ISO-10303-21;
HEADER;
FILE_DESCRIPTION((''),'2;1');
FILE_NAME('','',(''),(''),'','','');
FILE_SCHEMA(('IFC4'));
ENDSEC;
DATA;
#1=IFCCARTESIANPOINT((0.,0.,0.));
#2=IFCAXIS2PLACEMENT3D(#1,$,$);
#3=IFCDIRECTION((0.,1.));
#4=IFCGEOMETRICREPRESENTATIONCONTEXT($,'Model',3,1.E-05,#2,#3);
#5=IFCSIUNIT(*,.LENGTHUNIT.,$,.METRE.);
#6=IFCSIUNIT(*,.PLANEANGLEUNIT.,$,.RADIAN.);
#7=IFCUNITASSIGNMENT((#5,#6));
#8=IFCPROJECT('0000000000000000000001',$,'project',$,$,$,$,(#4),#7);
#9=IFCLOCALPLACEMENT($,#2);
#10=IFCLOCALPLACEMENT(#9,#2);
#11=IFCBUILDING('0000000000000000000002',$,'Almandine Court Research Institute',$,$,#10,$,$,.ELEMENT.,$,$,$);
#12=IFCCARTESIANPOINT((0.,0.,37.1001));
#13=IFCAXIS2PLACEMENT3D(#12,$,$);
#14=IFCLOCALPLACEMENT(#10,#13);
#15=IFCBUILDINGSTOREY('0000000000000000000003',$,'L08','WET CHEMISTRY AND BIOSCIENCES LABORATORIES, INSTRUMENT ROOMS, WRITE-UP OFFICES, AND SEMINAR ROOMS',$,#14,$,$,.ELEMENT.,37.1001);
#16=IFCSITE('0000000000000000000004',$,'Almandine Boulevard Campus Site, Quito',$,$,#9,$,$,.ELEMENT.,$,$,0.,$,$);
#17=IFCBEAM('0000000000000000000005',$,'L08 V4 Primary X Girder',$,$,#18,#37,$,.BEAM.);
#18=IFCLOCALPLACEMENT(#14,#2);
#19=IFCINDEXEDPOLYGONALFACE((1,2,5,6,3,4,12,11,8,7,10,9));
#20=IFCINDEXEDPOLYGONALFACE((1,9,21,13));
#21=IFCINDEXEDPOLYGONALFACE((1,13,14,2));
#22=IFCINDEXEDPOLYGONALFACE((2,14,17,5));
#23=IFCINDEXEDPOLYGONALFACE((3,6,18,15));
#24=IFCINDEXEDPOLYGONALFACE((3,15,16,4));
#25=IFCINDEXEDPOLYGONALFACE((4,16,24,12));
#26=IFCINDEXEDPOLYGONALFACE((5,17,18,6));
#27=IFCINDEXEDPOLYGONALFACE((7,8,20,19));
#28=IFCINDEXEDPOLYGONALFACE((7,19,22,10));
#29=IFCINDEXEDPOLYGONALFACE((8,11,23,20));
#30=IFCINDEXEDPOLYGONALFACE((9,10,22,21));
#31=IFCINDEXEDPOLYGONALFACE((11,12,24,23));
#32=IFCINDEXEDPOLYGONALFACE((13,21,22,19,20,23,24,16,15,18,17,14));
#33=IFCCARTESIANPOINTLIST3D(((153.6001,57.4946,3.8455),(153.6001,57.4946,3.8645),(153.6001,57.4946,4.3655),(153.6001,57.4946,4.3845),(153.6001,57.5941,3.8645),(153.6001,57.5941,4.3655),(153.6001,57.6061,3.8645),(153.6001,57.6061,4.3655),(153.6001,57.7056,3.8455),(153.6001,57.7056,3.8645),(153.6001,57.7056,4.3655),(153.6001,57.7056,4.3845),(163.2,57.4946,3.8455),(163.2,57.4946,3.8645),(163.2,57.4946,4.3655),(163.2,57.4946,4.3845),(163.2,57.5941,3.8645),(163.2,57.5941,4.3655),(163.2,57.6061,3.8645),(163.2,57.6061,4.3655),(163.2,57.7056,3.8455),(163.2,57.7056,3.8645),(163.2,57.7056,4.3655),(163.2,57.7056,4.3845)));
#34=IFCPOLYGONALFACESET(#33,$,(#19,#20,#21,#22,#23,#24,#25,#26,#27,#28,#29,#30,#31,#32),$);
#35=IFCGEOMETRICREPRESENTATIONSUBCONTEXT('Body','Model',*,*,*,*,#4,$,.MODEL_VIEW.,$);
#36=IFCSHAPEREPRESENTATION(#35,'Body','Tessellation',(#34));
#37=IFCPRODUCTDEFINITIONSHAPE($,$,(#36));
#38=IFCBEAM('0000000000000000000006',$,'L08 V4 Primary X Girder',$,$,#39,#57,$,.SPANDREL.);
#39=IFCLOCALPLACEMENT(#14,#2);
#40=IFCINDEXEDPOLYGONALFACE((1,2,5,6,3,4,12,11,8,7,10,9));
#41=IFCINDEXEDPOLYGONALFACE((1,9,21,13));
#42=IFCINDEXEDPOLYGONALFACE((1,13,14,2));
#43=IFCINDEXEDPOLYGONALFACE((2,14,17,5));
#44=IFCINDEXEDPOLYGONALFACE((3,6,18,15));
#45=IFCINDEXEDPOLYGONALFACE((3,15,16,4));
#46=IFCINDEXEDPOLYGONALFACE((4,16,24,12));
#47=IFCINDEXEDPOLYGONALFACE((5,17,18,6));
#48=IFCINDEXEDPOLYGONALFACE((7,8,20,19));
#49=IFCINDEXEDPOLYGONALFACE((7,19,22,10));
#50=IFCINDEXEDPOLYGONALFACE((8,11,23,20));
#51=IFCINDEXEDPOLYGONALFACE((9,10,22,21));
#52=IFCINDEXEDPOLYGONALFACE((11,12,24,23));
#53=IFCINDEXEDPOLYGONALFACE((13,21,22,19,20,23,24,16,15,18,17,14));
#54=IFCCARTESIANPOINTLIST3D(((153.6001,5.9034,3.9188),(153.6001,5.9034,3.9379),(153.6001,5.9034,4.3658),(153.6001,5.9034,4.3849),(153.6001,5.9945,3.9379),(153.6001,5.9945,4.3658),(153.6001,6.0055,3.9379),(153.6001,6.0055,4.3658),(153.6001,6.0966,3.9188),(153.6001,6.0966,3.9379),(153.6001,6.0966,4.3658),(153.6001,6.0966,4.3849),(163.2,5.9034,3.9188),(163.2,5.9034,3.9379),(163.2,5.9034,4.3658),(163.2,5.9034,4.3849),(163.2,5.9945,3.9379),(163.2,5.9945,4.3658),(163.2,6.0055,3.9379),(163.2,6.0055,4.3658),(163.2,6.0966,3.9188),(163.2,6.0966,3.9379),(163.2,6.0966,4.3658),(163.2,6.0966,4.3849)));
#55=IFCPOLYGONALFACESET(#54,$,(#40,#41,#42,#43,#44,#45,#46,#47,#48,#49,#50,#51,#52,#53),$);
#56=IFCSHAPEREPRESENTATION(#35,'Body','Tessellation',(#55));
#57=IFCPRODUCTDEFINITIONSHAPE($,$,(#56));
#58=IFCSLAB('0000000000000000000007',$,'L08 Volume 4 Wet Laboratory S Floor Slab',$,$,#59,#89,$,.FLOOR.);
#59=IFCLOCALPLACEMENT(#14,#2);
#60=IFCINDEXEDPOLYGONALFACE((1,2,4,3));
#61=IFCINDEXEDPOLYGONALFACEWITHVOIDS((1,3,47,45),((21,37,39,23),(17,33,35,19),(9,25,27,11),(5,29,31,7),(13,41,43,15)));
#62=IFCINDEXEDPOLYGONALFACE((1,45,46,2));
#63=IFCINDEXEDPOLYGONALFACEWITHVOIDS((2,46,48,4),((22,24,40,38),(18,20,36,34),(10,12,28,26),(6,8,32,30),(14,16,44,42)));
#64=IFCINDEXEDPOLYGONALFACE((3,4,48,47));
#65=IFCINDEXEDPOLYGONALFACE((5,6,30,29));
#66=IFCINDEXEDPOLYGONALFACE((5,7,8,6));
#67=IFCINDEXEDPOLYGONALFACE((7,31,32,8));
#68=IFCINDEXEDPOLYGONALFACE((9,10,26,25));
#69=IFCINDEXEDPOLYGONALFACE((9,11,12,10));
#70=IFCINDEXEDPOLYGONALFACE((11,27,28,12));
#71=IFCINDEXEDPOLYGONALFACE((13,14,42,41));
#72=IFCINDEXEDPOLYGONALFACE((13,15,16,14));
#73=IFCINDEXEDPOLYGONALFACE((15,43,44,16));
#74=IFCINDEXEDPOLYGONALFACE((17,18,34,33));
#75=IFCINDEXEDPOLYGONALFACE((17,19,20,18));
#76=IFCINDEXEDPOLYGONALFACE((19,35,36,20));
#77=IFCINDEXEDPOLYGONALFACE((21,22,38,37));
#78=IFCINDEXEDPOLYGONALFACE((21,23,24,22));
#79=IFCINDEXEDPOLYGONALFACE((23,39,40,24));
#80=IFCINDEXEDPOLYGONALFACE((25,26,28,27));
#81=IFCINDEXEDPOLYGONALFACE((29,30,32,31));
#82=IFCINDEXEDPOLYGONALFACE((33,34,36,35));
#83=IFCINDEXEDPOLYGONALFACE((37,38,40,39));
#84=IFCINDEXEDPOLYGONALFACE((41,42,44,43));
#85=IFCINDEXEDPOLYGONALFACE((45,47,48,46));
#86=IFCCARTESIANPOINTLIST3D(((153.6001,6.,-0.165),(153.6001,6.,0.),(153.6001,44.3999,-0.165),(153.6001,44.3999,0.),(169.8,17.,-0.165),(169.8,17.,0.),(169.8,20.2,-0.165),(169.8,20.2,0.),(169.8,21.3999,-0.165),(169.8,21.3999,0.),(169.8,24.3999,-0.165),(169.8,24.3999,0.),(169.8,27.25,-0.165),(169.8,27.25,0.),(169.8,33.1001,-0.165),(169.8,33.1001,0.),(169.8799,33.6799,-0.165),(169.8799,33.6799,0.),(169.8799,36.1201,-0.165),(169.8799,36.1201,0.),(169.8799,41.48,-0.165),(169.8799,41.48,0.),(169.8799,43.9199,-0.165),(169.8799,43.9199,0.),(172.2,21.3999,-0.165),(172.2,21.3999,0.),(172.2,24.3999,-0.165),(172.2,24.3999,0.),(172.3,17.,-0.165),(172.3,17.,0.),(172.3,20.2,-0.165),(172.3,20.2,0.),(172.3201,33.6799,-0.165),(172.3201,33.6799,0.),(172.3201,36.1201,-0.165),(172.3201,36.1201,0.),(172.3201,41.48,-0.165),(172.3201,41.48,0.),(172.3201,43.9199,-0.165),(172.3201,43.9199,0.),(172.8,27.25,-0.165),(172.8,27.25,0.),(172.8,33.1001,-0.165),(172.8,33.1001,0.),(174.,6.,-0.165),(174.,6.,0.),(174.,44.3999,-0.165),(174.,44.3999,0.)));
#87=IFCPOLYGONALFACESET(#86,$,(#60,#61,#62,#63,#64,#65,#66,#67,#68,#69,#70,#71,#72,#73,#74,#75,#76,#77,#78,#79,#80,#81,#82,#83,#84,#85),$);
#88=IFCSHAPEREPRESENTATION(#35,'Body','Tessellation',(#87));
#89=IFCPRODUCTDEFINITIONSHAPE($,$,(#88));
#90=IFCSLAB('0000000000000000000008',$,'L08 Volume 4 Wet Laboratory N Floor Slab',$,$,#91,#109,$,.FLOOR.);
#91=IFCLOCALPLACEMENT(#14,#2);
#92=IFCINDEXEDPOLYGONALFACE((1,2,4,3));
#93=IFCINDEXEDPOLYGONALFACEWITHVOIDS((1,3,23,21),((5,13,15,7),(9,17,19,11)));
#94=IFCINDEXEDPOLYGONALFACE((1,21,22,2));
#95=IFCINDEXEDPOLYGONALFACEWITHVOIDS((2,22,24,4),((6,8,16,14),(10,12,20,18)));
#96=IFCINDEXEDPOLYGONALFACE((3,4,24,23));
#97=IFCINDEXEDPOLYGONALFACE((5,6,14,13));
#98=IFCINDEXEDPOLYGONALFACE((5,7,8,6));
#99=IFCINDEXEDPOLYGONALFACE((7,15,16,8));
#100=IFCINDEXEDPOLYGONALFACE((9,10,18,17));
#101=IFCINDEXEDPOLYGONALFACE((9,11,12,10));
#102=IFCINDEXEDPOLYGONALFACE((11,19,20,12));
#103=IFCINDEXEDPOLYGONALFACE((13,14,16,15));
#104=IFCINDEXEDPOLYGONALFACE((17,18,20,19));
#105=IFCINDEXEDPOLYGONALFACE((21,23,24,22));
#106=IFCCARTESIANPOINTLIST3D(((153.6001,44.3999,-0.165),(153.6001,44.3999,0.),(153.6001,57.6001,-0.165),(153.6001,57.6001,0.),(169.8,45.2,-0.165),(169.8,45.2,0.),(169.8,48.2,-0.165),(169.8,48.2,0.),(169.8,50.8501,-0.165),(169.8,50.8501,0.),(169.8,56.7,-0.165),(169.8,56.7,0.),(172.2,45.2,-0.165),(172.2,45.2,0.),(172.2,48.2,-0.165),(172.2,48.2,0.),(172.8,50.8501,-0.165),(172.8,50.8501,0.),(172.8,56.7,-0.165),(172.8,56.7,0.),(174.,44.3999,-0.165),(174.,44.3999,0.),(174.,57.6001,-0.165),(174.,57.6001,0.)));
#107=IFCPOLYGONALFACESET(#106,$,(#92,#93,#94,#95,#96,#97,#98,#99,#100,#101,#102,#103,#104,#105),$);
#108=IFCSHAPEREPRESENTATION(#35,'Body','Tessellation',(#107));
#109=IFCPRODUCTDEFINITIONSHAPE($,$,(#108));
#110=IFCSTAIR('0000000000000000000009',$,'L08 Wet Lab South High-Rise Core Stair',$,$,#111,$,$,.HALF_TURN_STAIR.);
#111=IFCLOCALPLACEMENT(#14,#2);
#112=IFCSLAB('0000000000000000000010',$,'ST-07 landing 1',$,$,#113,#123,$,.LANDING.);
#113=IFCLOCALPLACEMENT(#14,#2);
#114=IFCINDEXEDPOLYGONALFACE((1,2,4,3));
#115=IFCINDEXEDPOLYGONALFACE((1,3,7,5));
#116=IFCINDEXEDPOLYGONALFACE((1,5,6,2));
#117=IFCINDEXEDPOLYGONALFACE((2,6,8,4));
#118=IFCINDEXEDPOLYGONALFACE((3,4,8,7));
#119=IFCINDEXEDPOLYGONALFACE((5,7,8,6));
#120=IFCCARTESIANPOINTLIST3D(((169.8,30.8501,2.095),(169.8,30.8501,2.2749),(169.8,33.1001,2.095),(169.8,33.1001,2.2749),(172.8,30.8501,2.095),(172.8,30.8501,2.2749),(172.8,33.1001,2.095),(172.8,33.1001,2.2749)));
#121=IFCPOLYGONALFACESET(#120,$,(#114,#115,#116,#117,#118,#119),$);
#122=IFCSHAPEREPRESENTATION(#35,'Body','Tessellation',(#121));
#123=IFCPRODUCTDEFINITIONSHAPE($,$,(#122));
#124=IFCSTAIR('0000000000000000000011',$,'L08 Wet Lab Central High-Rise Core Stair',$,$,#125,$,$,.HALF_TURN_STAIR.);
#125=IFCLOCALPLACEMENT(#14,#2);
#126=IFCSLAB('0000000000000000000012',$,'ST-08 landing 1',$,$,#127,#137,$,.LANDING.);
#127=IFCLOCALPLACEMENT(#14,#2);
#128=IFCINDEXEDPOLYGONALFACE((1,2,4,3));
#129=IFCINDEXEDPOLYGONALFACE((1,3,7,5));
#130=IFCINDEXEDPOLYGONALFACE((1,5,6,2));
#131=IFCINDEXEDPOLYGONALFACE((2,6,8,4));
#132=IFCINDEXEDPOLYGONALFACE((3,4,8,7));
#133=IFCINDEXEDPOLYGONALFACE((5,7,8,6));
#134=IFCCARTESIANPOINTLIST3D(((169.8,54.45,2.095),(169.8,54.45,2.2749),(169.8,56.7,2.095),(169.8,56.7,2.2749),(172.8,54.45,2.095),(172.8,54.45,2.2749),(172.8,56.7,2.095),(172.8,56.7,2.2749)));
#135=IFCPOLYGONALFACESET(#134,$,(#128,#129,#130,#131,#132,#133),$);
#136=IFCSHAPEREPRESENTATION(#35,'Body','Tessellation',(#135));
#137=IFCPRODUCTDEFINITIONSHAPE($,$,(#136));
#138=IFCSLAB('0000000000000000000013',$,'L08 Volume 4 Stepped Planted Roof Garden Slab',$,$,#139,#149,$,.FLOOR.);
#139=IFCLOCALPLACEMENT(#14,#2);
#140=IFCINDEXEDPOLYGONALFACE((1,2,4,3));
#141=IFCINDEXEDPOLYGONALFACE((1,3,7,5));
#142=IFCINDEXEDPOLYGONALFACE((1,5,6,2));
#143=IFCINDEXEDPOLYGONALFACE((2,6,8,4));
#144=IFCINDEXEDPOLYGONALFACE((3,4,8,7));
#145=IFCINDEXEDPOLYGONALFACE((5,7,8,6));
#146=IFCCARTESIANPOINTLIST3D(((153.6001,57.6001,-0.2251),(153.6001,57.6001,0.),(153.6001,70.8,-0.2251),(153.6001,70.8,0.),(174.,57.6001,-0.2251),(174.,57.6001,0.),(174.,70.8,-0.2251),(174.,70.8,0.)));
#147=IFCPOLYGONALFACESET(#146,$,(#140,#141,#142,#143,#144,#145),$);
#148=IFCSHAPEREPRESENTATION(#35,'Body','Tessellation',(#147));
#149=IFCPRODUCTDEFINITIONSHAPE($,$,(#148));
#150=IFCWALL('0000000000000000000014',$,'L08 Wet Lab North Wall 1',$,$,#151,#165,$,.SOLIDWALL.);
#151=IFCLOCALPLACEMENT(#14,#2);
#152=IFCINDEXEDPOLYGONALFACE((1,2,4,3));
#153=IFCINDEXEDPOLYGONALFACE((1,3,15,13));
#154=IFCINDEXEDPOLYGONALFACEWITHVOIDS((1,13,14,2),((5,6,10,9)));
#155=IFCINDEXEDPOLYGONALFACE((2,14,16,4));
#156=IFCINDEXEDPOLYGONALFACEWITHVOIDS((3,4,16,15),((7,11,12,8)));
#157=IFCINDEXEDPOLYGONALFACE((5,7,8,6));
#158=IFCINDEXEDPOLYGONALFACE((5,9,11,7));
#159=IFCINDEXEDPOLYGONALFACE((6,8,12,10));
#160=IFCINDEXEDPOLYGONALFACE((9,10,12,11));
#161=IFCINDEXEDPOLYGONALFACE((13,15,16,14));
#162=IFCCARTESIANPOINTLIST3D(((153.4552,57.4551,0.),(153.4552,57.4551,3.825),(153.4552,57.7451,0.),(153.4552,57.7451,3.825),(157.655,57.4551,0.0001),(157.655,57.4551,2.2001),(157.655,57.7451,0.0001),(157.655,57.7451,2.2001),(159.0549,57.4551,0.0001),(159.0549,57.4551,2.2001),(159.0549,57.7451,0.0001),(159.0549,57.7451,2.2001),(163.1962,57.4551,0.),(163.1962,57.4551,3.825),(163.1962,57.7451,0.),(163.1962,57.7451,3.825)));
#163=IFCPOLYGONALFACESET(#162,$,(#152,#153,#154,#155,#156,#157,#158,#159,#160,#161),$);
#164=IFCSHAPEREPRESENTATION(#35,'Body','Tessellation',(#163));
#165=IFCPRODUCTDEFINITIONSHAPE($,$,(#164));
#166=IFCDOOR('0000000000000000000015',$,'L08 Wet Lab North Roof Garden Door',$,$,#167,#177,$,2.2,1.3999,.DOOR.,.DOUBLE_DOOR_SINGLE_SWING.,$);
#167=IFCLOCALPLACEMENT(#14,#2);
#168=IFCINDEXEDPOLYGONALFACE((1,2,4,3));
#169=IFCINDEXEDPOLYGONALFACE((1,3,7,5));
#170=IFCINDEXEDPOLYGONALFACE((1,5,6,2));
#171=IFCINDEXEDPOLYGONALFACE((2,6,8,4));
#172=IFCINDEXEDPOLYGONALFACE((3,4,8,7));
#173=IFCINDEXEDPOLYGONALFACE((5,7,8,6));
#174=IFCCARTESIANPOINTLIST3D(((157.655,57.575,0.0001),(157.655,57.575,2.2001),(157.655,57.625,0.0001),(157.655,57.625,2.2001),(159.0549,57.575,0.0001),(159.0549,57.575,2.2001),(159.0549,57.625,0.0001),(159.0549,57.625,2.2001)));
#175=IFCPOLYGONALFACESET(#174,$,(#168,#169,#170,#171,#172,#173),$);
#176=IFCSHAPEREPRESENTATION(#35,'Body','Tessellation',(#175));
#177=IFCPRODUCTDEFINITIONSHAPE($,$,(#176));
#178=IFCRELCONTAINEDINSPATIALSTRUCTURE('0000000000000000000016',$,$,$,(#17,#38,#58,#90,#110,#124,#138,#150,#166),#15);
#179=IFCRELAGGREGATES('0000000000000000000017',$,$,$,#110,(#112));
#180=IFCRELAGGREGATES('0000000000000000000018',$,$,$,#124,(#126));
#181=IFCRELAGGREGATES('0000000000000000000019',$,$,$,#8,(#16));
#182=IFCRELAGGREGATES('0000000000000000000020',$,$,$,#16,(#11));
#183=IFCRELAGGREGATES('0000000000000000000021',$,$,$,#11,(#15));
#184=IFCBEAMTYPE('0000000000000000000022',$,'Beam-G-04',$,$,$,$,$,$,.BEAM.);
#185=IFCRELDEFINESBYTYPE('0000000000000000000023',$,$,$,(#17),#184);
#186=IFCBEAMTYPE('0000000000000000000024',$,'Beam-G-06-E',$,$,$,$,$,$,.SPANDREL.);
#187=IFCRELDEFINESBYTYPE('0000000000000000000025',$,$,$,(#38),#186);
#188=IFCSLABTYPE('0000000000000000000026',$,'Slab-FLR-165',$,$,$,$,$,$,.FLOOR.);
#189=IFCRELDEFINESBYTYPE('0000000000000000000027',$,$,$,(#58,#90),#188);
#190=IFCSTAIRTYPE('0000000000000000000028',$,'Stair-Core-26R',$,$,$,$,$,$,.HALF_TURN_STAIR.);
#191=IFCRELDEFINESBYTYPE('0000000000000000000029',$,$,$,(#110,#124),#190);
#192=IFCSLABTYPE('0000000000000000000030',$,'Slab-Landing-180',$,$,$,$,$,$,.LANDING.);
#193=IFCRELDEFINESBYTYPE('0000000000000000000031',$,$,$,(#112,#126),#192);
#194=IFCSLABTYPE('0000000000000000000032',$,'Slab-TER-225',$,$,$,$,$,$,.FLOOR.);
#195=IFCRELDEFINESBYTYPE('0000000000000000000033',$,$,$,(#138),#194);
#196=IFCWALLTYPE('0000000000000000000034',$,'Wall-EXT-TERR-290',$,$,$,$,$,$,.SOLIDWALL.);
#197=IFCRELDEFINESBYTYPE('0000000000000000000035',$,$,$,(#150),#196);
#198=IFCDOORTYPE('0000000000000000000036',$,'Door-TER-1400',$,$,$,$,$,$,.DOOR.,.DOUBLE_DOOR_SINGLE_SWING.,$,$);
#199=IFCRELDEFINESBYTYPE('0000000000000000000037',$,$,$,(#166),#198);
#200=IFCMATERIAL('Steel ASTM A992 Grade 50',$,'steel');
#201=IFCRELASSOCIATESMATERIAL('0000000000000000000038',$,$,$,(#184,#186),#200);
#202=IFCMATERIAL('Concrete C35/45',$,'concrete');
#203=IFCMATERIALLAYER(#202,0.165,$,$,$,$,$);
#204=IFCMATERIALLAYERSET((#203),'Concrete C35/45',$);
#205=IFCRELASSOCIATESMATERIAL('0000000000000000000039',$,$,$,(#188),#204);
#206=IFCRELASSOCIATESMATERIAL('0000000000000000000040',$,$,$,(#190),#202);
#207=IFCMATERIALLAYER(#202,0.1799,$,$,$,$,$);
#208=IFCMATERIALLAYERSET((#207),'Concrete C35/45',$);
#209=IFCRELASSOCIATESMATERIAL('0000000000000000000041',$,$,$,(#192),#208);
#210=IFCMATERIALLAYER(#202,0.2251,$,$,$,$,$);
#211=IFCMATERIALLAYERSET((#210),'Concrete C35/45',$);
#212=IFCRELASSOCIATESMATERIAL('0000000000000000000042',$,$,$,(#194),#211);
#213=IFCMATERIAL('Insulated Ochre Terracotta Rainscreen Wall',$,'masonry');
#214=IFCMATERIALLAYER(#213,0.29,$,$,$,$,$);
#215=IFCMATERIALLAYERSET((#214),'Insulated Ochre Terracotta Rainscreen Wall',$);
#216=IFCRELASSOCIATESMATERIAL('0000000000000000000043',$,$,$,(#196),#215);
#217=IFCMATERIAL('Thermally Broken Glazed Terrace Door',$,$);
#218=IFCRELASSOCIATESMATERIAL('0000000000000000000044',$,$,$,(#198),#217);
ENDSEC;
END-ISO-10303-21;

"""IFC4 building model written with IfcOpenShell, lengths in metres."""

from ifc_helpers import new_model, si_unit, direction, frame, frame_2d, origin, origin_2d, place, context, subcontext, project, spatial, polyline, rectangle, i_section, outline, extrude, material, layer, layer_set, material_profile, profile_set, type_object, element, fill, aggregate, save


model = new_model("IFC4")

# Units and contexts
model_context = context("Model", 3, precision=1e-05, world=origin(), true_north=direction((0.0, 1.0)))
body_context = subcontext(model_context, "Body", "Model", "MODEL_VIEW")
ifc_project = project(units=[si_unit("LENGTHUNIT", "METRE"), si_unit("PLANEANGLEUNIT", "RADIAN")], contexts=[model_context])

# Site, building, storey
site_placement = place(None, origin())
site = spatial("IfcSite", under=ifc_project, at=site_placement, Name="Almandine Boulevard Campus Site, Quito", CompositionType="ELEMENT", RefElevation=0.0)
building_placement = place(site_placement, origin())
building = spatial("IfcBuilding", under=site, at=building_placement, Name="Almandine Court Research Institute", CompositionType="ELEMENT")
storey_placement = place(building_placement, frame((0.0, 0.0, 37.1001)))
storey = spatial("IfcBuildingStorey", under=building, at=storey_placement, Name="L08", Description="WET CHEMISTRY AND BIOSCIENCES LABORATORIES, INSTRUMENT ROOMS, WRITE-UP OFFICES, AND SEMINAR ROOMS", CompositionType="ELEMENT", Elevation=37.1001)

# Shared definitions
ifc_material_1 = material(Name="Steel ASTM A992 Grade 50", Category="steel")

# Beams
ifc_material_profile_1 = material_profile(ifc_material_1, i_section(OverallWidth=0.2109, OverallDepth=0.5391, WebThickness=0.012, FlangeThickness=0.019, at=origin_2d()), Name="W530x109")
ifc_profile_set_1 = profile_set([ifc_material_profile_1], Name="Steel ASTM A992 Grade 50")
beam_type_1 = type_object("IfcBeamType", Name="Beam-G-04", PredefinedType="BEAM", material=ifc_profile_set_1)
for number, where, z_axis, x_axis, name in (
    (1, (153.6001, 57.6001, 4.115), (1.0, 0.0, 0.0), (0.0, 1.0, 0.0), "L08 V4 Primary X Girder"),
):
    element("IfcBeam", number, at=place(storey_placement, frame(where, z_axis=z_axis, x_axis=x_axis)), inside=storey, type_object=beam_type_1, Name=name, PredefinedType="BEAM", context=body_context, shape_type="SweptSolid", body=[
        extrude(i_section(OverallWidth=0.2109, OverallDepth=0.5391, WebThickness=0.012, FlangeThickness=0.019, at=origin_2d()), origin(), (0.0, 0.0, 1.0), 9.5999),
    ])
ifc_material_profile_2 = material_profile(ifc_material_1, i_section(OverallWidth=0.1931, OverallDepth=0.4661, WebThickness=0.011, FlangeThickness=0.019, at=origin_2d()), Name="W460x97")
ifc_profile_set_2 = profile_set([ifc_material_profile_2], Name="Steel ASTM A992 Grade 50")
beam_type_2 = type_object("IfcBeamType", Name="Beam-G-06-E", PredefinedType="SPANDREL", material=ifc_profile_set_2)
beam_placement = place(storey_placement, frame((153.6001, 6.0, 4.1519), z_axis=(1.0, 0.0, 0.0), x_axis=(0.0, 1.0, 0.0)))
element("IfcBeam", 2, at=beam_placement, inside=storey, type_object=beam_type_2, Name="L08 V4 Primary X Girder", PredefinedType="SPANDREL", context=body_context, shape_type="SweptSolid", body=[
    extrude(i_section(OverallWidth=0.1931, OverallDepth=0.4661, WebThickness=0.011, FlangeThickness=0.019, at=origin_2d()), origin(), (0.0, 0.0, 1.0), 9.5999),
])

# Slabs
ifc_material_2 = material(Name="Concrete C35/45", Category="concrete")
ifc_layer_1 = layer(ifc_material_2, 0.165)
ifc_layer_set_1 = layer_set([ifc_layer_1], Name="Concrete C35/45")
slab_type_1 = type_object("IfcSlabType", Name="Slab-FLR-165", PredefinedType="FLOOR", material=ifc_layer_set_1)
slab_1_placement = place(storey_placement, frame((0.0, 0.0, -0.165)))
element("IfcSlab", 3, at=slab_1_placement, inside=storey, type_object=slab_type_1, Name="L08 Volume 4 Wet Laboratory S Floor Slab", PredefinedType="FLOOR", context=body_context, shape_type="SweptSolid", body=[
    extrude(outline(polyline([(153.6001, 6.0), (174.0, 6.0), (174.0, 44.3999), (153.6001, 44.3999), (153.6001, 6.0)]), holes=[polyline([(172.8, 27.25), (172.8, 33.1001), (169.8, 33.1001), (169.8, 27.25), (172.8, 27.25)]), polyline([(169.8, 21.3999), (172.2, 21.3999), (172.2, 24.3999), (169.8, 24.3999), (169.8, 21.3999)]), polyline([(169.8, 17.0), (172.3, 17.0), (172.3, 20.2), (169.8, 20.2), (169.8, 17.0)]), polyline([(169.8799, 33.6799), (172.3201, 33.6799), (172.3201, 36.1201), (169.8799, 36.1201), (169.8799, 33.6799)]), polyline([(169.8799, 41.48), (172.3201, 41.48), (172.3201, 43.9199), (169.8799, 43.9199), (169.8799, 41.48)])]), origin(), (0.0, 0.0, 1.0), 0.165),
])
slab_2_placement = place(storey_placement, frame((0.0, 0.0, -0.165)))
element("IfcSlab", 4, at=slab_2_placement, inside=storey, type_object=slab_type_1, Name="L08 Volume 4 Wet Laboratory N Floor Slab", PredefinedType="FLOOR", context=body_context, shape_type="SweptSolid", body=[
    extrude(outline(polyline([(153.6001, 44.3999), (174.0, 44.3999), (174.0, 57.6001), (153.6001, 57.6001), (153.6001, 44.3999)]), holes=[polyline([(172.8, 50.8501), (172.8, 56.7), (169.8, 56.7), (169.8, 50.8501), (172.8, 50.8501)]), polyline([(169.8, 45.2), (172.2, 45.2), (172.2, 48.2), (169.8, 48.2), (169.8, 45.2)])]), origin(), (0.0, 0.0, 1.0), 0.165),
])

# Stairs, slabs
stair_type = type_object("IfcStairType", Name="Stair-Core-26R", PredefinedType="HALF_TURN_STAIR", material=ifc_material_2)
stair_1_placement = place(storey_placement, origin())
stair_1 = element("IfcStair", 5, at=stair_1_placement, inside=storey, type_object=stair_type, Name="L08 Wet Lab South High-Rise Core Stair", PredefinedType="HALF_TURN_STAIR")
ifc_layer_2 = layer(ifc_material_2, 0.1799)
ifc_layer_set_2 = layer_set([ifc_layer_2], Name="Concrete C35/45")
slab_type_2 = type_object("IfcSlabType", Name="Slab-Landing-180", PredefinedType="LANDING", material=ifc_layer_set_2)
slab_3_placement = place(storey_placement, frame((0.0, 0.0, 2.095)))
slab_3 = element("IfcSlab", 6, at=slab_3_placement, type_object=slab_type_2, Name="ST-07 landing 1", PredefinedType="LANDING", context=body_context, shape_type="SweptSolid", body=[
    extrude(outline(polyline([(172.8, 30.8501), (172.8, 33.1001), (169.8, 33.1001), (169.8, 30.8501), (172.8, 30.8501)])), origin(), (0.0, 0.0, 1.0), 0.1799),
])
aggregate(stair_1, [slab_3])
stair_2_placement = place(storey_placement, origin())
stair_2 = element("IfcStair", 7, at=stair_2_placement, inside=storey, type_object=stair_type, Name="L08 Wet Lab Central High-Rise Core Stair", PredefinedType="HALF_TURN_STAIR")
slab_4_placement = place(storey_placement, frame((0.0, 0.0, 2.095)))
slab_4 = element("IfcSlab", 8, at=slab_4_placement, type_object=slab_type_2, Name="ST-08 landing 1", PredefinedType="LANDING", context=body_context, shape_type="SweptSolid", body=[
    extrude(outline(polyline([(172.8, 54.45), (172.8, 56.7), (169.8, 56.7), (169.8, 54.45), (172.8, 54.45)])), origin(), (0.0, 0.0, 1.0), 0.1799),
])
aggregate(stair_2, [slab_4])

# Slab
ifc_layer_3 = layer(ifc_material_2, 0.2251)
ifc_layer_set_3 = layer_set([ifc_layer_3], Name="Concrete C35/45")
slab_type_3 = type_object("IfcSlabType", Name="Slab-TER-225", PredefinedType="FLOOR", material=ifc_layer_set_3)
slab_5_placement = place(storey_placement, frame((0.0, 0.0, -0.2251)))
element("IfcSlab", 9, at=slab_5_placement, inside=storey, type_object=slab_type_3, Name="L08 Volume 4 Stepped Planted Roof Garden Slab", PredefinedType="FLOOR", context=body_context, shape_type="SweptSolid", body=[
    extrude(outline(polyline([(153.6001, 57.6001), (174.0, 57.6001), (174.0, 70.8), (153.6001, 70.8), (153.6001, 57.6001)])), origin(), (0.0, 0.0, 1.0), 0.2251),
])

# Wall, opening, door
ifc_material_3 = material(Name="Insulated Ochre Terracotta Rainscreen Wall", Category="masonry")
ifc_layer_4 = layer(ifc_material_3, 0.29)
ifc_layer_set_4 = layer_set([ifc_layer_4], Name="Insulated Ochre Terracotta Rainscreen Wall")
wall_type = type_object("IfcWallType", Name="Wall-EXT-TERR-290", PredefinedType="SOLIDWALL", material=ifc_layer_set_4)
wall_placement = place(storey_placement, frame((153.4551, 57.6001, 0.0), z_axis=(0.0, 0.0, 1.0), x_axis=(1.0, 0.0, 0.0)))
wall = element("IfcWall", 10, at=wall_placement, inside=storey, type_object=wall_type, Name="L08 Wet Lab North Wall 1", PredefinedType="SOLIDWALL", context=body_context, shape_type="SweptSolid", body=[
    extrude(rectangle(XDim=9.741, YDim=0.29, at=frame_2d((4.8706, 0.0))), origin(), (0.0, 0.0, 1.0), 3.825),
])
opening_placement = place(wall_placement, frame((4.2, 0.0, 0.0)))
opening = element("IfcOpeningElement", 11, at=opening_placement, cuts=wall, PredefinedType="OPENING", context=body_context, shape_type="SweptSolid", body=[
    extrude(rectangle(XDim=1.3999, YDim=2.2, at=frame_2d((0.7, 1.1001))), frame((0.0, 0.155, 0.0), z_axis=(0.0, -1.0, 0.0), x_axis=(1.0, 0.0, 0.0)), (0.0, 0.0, 1.0), 0.3101),
])
ifc_material_4 = material(Name="Thermally Broken Glazed Terrace Door")
door_type = type_object("IfcDoorType", Name="Door-TER-1400", OperationType="DOUBLE_DOOR_SINGLE_SWING", PredefinedType="DOOR", material=ifc_material_4)
door_placement = place(opening_placement, origin())
door = element("IfcDoor", 12, at=door_placement, inside=storey, type_object=door_type, Name="L08 Wet Lab North Roof Garden Door", OperationType="DOUBLE_DOOR_SINGLE_SWING", OverallHeight=2.2, OverallWidth=1.3999, PredefinedType="DOOR", context=body_context, shape_type="SweptSolid", body=[
    extrude(rectangle(XDim=1.3999, YDim=2.2, at=frame_2d((0.7, 1.1001))), frame((0.0, 0.0249, 0.0), z_axis=(0.0, -1.0, 0.0), x_axis=(1.0, 0.0, 0.0)), (0.0, 0.0, 1.0), 0.05),
])
fill(opening, door)

save(model, "model.ifc")
